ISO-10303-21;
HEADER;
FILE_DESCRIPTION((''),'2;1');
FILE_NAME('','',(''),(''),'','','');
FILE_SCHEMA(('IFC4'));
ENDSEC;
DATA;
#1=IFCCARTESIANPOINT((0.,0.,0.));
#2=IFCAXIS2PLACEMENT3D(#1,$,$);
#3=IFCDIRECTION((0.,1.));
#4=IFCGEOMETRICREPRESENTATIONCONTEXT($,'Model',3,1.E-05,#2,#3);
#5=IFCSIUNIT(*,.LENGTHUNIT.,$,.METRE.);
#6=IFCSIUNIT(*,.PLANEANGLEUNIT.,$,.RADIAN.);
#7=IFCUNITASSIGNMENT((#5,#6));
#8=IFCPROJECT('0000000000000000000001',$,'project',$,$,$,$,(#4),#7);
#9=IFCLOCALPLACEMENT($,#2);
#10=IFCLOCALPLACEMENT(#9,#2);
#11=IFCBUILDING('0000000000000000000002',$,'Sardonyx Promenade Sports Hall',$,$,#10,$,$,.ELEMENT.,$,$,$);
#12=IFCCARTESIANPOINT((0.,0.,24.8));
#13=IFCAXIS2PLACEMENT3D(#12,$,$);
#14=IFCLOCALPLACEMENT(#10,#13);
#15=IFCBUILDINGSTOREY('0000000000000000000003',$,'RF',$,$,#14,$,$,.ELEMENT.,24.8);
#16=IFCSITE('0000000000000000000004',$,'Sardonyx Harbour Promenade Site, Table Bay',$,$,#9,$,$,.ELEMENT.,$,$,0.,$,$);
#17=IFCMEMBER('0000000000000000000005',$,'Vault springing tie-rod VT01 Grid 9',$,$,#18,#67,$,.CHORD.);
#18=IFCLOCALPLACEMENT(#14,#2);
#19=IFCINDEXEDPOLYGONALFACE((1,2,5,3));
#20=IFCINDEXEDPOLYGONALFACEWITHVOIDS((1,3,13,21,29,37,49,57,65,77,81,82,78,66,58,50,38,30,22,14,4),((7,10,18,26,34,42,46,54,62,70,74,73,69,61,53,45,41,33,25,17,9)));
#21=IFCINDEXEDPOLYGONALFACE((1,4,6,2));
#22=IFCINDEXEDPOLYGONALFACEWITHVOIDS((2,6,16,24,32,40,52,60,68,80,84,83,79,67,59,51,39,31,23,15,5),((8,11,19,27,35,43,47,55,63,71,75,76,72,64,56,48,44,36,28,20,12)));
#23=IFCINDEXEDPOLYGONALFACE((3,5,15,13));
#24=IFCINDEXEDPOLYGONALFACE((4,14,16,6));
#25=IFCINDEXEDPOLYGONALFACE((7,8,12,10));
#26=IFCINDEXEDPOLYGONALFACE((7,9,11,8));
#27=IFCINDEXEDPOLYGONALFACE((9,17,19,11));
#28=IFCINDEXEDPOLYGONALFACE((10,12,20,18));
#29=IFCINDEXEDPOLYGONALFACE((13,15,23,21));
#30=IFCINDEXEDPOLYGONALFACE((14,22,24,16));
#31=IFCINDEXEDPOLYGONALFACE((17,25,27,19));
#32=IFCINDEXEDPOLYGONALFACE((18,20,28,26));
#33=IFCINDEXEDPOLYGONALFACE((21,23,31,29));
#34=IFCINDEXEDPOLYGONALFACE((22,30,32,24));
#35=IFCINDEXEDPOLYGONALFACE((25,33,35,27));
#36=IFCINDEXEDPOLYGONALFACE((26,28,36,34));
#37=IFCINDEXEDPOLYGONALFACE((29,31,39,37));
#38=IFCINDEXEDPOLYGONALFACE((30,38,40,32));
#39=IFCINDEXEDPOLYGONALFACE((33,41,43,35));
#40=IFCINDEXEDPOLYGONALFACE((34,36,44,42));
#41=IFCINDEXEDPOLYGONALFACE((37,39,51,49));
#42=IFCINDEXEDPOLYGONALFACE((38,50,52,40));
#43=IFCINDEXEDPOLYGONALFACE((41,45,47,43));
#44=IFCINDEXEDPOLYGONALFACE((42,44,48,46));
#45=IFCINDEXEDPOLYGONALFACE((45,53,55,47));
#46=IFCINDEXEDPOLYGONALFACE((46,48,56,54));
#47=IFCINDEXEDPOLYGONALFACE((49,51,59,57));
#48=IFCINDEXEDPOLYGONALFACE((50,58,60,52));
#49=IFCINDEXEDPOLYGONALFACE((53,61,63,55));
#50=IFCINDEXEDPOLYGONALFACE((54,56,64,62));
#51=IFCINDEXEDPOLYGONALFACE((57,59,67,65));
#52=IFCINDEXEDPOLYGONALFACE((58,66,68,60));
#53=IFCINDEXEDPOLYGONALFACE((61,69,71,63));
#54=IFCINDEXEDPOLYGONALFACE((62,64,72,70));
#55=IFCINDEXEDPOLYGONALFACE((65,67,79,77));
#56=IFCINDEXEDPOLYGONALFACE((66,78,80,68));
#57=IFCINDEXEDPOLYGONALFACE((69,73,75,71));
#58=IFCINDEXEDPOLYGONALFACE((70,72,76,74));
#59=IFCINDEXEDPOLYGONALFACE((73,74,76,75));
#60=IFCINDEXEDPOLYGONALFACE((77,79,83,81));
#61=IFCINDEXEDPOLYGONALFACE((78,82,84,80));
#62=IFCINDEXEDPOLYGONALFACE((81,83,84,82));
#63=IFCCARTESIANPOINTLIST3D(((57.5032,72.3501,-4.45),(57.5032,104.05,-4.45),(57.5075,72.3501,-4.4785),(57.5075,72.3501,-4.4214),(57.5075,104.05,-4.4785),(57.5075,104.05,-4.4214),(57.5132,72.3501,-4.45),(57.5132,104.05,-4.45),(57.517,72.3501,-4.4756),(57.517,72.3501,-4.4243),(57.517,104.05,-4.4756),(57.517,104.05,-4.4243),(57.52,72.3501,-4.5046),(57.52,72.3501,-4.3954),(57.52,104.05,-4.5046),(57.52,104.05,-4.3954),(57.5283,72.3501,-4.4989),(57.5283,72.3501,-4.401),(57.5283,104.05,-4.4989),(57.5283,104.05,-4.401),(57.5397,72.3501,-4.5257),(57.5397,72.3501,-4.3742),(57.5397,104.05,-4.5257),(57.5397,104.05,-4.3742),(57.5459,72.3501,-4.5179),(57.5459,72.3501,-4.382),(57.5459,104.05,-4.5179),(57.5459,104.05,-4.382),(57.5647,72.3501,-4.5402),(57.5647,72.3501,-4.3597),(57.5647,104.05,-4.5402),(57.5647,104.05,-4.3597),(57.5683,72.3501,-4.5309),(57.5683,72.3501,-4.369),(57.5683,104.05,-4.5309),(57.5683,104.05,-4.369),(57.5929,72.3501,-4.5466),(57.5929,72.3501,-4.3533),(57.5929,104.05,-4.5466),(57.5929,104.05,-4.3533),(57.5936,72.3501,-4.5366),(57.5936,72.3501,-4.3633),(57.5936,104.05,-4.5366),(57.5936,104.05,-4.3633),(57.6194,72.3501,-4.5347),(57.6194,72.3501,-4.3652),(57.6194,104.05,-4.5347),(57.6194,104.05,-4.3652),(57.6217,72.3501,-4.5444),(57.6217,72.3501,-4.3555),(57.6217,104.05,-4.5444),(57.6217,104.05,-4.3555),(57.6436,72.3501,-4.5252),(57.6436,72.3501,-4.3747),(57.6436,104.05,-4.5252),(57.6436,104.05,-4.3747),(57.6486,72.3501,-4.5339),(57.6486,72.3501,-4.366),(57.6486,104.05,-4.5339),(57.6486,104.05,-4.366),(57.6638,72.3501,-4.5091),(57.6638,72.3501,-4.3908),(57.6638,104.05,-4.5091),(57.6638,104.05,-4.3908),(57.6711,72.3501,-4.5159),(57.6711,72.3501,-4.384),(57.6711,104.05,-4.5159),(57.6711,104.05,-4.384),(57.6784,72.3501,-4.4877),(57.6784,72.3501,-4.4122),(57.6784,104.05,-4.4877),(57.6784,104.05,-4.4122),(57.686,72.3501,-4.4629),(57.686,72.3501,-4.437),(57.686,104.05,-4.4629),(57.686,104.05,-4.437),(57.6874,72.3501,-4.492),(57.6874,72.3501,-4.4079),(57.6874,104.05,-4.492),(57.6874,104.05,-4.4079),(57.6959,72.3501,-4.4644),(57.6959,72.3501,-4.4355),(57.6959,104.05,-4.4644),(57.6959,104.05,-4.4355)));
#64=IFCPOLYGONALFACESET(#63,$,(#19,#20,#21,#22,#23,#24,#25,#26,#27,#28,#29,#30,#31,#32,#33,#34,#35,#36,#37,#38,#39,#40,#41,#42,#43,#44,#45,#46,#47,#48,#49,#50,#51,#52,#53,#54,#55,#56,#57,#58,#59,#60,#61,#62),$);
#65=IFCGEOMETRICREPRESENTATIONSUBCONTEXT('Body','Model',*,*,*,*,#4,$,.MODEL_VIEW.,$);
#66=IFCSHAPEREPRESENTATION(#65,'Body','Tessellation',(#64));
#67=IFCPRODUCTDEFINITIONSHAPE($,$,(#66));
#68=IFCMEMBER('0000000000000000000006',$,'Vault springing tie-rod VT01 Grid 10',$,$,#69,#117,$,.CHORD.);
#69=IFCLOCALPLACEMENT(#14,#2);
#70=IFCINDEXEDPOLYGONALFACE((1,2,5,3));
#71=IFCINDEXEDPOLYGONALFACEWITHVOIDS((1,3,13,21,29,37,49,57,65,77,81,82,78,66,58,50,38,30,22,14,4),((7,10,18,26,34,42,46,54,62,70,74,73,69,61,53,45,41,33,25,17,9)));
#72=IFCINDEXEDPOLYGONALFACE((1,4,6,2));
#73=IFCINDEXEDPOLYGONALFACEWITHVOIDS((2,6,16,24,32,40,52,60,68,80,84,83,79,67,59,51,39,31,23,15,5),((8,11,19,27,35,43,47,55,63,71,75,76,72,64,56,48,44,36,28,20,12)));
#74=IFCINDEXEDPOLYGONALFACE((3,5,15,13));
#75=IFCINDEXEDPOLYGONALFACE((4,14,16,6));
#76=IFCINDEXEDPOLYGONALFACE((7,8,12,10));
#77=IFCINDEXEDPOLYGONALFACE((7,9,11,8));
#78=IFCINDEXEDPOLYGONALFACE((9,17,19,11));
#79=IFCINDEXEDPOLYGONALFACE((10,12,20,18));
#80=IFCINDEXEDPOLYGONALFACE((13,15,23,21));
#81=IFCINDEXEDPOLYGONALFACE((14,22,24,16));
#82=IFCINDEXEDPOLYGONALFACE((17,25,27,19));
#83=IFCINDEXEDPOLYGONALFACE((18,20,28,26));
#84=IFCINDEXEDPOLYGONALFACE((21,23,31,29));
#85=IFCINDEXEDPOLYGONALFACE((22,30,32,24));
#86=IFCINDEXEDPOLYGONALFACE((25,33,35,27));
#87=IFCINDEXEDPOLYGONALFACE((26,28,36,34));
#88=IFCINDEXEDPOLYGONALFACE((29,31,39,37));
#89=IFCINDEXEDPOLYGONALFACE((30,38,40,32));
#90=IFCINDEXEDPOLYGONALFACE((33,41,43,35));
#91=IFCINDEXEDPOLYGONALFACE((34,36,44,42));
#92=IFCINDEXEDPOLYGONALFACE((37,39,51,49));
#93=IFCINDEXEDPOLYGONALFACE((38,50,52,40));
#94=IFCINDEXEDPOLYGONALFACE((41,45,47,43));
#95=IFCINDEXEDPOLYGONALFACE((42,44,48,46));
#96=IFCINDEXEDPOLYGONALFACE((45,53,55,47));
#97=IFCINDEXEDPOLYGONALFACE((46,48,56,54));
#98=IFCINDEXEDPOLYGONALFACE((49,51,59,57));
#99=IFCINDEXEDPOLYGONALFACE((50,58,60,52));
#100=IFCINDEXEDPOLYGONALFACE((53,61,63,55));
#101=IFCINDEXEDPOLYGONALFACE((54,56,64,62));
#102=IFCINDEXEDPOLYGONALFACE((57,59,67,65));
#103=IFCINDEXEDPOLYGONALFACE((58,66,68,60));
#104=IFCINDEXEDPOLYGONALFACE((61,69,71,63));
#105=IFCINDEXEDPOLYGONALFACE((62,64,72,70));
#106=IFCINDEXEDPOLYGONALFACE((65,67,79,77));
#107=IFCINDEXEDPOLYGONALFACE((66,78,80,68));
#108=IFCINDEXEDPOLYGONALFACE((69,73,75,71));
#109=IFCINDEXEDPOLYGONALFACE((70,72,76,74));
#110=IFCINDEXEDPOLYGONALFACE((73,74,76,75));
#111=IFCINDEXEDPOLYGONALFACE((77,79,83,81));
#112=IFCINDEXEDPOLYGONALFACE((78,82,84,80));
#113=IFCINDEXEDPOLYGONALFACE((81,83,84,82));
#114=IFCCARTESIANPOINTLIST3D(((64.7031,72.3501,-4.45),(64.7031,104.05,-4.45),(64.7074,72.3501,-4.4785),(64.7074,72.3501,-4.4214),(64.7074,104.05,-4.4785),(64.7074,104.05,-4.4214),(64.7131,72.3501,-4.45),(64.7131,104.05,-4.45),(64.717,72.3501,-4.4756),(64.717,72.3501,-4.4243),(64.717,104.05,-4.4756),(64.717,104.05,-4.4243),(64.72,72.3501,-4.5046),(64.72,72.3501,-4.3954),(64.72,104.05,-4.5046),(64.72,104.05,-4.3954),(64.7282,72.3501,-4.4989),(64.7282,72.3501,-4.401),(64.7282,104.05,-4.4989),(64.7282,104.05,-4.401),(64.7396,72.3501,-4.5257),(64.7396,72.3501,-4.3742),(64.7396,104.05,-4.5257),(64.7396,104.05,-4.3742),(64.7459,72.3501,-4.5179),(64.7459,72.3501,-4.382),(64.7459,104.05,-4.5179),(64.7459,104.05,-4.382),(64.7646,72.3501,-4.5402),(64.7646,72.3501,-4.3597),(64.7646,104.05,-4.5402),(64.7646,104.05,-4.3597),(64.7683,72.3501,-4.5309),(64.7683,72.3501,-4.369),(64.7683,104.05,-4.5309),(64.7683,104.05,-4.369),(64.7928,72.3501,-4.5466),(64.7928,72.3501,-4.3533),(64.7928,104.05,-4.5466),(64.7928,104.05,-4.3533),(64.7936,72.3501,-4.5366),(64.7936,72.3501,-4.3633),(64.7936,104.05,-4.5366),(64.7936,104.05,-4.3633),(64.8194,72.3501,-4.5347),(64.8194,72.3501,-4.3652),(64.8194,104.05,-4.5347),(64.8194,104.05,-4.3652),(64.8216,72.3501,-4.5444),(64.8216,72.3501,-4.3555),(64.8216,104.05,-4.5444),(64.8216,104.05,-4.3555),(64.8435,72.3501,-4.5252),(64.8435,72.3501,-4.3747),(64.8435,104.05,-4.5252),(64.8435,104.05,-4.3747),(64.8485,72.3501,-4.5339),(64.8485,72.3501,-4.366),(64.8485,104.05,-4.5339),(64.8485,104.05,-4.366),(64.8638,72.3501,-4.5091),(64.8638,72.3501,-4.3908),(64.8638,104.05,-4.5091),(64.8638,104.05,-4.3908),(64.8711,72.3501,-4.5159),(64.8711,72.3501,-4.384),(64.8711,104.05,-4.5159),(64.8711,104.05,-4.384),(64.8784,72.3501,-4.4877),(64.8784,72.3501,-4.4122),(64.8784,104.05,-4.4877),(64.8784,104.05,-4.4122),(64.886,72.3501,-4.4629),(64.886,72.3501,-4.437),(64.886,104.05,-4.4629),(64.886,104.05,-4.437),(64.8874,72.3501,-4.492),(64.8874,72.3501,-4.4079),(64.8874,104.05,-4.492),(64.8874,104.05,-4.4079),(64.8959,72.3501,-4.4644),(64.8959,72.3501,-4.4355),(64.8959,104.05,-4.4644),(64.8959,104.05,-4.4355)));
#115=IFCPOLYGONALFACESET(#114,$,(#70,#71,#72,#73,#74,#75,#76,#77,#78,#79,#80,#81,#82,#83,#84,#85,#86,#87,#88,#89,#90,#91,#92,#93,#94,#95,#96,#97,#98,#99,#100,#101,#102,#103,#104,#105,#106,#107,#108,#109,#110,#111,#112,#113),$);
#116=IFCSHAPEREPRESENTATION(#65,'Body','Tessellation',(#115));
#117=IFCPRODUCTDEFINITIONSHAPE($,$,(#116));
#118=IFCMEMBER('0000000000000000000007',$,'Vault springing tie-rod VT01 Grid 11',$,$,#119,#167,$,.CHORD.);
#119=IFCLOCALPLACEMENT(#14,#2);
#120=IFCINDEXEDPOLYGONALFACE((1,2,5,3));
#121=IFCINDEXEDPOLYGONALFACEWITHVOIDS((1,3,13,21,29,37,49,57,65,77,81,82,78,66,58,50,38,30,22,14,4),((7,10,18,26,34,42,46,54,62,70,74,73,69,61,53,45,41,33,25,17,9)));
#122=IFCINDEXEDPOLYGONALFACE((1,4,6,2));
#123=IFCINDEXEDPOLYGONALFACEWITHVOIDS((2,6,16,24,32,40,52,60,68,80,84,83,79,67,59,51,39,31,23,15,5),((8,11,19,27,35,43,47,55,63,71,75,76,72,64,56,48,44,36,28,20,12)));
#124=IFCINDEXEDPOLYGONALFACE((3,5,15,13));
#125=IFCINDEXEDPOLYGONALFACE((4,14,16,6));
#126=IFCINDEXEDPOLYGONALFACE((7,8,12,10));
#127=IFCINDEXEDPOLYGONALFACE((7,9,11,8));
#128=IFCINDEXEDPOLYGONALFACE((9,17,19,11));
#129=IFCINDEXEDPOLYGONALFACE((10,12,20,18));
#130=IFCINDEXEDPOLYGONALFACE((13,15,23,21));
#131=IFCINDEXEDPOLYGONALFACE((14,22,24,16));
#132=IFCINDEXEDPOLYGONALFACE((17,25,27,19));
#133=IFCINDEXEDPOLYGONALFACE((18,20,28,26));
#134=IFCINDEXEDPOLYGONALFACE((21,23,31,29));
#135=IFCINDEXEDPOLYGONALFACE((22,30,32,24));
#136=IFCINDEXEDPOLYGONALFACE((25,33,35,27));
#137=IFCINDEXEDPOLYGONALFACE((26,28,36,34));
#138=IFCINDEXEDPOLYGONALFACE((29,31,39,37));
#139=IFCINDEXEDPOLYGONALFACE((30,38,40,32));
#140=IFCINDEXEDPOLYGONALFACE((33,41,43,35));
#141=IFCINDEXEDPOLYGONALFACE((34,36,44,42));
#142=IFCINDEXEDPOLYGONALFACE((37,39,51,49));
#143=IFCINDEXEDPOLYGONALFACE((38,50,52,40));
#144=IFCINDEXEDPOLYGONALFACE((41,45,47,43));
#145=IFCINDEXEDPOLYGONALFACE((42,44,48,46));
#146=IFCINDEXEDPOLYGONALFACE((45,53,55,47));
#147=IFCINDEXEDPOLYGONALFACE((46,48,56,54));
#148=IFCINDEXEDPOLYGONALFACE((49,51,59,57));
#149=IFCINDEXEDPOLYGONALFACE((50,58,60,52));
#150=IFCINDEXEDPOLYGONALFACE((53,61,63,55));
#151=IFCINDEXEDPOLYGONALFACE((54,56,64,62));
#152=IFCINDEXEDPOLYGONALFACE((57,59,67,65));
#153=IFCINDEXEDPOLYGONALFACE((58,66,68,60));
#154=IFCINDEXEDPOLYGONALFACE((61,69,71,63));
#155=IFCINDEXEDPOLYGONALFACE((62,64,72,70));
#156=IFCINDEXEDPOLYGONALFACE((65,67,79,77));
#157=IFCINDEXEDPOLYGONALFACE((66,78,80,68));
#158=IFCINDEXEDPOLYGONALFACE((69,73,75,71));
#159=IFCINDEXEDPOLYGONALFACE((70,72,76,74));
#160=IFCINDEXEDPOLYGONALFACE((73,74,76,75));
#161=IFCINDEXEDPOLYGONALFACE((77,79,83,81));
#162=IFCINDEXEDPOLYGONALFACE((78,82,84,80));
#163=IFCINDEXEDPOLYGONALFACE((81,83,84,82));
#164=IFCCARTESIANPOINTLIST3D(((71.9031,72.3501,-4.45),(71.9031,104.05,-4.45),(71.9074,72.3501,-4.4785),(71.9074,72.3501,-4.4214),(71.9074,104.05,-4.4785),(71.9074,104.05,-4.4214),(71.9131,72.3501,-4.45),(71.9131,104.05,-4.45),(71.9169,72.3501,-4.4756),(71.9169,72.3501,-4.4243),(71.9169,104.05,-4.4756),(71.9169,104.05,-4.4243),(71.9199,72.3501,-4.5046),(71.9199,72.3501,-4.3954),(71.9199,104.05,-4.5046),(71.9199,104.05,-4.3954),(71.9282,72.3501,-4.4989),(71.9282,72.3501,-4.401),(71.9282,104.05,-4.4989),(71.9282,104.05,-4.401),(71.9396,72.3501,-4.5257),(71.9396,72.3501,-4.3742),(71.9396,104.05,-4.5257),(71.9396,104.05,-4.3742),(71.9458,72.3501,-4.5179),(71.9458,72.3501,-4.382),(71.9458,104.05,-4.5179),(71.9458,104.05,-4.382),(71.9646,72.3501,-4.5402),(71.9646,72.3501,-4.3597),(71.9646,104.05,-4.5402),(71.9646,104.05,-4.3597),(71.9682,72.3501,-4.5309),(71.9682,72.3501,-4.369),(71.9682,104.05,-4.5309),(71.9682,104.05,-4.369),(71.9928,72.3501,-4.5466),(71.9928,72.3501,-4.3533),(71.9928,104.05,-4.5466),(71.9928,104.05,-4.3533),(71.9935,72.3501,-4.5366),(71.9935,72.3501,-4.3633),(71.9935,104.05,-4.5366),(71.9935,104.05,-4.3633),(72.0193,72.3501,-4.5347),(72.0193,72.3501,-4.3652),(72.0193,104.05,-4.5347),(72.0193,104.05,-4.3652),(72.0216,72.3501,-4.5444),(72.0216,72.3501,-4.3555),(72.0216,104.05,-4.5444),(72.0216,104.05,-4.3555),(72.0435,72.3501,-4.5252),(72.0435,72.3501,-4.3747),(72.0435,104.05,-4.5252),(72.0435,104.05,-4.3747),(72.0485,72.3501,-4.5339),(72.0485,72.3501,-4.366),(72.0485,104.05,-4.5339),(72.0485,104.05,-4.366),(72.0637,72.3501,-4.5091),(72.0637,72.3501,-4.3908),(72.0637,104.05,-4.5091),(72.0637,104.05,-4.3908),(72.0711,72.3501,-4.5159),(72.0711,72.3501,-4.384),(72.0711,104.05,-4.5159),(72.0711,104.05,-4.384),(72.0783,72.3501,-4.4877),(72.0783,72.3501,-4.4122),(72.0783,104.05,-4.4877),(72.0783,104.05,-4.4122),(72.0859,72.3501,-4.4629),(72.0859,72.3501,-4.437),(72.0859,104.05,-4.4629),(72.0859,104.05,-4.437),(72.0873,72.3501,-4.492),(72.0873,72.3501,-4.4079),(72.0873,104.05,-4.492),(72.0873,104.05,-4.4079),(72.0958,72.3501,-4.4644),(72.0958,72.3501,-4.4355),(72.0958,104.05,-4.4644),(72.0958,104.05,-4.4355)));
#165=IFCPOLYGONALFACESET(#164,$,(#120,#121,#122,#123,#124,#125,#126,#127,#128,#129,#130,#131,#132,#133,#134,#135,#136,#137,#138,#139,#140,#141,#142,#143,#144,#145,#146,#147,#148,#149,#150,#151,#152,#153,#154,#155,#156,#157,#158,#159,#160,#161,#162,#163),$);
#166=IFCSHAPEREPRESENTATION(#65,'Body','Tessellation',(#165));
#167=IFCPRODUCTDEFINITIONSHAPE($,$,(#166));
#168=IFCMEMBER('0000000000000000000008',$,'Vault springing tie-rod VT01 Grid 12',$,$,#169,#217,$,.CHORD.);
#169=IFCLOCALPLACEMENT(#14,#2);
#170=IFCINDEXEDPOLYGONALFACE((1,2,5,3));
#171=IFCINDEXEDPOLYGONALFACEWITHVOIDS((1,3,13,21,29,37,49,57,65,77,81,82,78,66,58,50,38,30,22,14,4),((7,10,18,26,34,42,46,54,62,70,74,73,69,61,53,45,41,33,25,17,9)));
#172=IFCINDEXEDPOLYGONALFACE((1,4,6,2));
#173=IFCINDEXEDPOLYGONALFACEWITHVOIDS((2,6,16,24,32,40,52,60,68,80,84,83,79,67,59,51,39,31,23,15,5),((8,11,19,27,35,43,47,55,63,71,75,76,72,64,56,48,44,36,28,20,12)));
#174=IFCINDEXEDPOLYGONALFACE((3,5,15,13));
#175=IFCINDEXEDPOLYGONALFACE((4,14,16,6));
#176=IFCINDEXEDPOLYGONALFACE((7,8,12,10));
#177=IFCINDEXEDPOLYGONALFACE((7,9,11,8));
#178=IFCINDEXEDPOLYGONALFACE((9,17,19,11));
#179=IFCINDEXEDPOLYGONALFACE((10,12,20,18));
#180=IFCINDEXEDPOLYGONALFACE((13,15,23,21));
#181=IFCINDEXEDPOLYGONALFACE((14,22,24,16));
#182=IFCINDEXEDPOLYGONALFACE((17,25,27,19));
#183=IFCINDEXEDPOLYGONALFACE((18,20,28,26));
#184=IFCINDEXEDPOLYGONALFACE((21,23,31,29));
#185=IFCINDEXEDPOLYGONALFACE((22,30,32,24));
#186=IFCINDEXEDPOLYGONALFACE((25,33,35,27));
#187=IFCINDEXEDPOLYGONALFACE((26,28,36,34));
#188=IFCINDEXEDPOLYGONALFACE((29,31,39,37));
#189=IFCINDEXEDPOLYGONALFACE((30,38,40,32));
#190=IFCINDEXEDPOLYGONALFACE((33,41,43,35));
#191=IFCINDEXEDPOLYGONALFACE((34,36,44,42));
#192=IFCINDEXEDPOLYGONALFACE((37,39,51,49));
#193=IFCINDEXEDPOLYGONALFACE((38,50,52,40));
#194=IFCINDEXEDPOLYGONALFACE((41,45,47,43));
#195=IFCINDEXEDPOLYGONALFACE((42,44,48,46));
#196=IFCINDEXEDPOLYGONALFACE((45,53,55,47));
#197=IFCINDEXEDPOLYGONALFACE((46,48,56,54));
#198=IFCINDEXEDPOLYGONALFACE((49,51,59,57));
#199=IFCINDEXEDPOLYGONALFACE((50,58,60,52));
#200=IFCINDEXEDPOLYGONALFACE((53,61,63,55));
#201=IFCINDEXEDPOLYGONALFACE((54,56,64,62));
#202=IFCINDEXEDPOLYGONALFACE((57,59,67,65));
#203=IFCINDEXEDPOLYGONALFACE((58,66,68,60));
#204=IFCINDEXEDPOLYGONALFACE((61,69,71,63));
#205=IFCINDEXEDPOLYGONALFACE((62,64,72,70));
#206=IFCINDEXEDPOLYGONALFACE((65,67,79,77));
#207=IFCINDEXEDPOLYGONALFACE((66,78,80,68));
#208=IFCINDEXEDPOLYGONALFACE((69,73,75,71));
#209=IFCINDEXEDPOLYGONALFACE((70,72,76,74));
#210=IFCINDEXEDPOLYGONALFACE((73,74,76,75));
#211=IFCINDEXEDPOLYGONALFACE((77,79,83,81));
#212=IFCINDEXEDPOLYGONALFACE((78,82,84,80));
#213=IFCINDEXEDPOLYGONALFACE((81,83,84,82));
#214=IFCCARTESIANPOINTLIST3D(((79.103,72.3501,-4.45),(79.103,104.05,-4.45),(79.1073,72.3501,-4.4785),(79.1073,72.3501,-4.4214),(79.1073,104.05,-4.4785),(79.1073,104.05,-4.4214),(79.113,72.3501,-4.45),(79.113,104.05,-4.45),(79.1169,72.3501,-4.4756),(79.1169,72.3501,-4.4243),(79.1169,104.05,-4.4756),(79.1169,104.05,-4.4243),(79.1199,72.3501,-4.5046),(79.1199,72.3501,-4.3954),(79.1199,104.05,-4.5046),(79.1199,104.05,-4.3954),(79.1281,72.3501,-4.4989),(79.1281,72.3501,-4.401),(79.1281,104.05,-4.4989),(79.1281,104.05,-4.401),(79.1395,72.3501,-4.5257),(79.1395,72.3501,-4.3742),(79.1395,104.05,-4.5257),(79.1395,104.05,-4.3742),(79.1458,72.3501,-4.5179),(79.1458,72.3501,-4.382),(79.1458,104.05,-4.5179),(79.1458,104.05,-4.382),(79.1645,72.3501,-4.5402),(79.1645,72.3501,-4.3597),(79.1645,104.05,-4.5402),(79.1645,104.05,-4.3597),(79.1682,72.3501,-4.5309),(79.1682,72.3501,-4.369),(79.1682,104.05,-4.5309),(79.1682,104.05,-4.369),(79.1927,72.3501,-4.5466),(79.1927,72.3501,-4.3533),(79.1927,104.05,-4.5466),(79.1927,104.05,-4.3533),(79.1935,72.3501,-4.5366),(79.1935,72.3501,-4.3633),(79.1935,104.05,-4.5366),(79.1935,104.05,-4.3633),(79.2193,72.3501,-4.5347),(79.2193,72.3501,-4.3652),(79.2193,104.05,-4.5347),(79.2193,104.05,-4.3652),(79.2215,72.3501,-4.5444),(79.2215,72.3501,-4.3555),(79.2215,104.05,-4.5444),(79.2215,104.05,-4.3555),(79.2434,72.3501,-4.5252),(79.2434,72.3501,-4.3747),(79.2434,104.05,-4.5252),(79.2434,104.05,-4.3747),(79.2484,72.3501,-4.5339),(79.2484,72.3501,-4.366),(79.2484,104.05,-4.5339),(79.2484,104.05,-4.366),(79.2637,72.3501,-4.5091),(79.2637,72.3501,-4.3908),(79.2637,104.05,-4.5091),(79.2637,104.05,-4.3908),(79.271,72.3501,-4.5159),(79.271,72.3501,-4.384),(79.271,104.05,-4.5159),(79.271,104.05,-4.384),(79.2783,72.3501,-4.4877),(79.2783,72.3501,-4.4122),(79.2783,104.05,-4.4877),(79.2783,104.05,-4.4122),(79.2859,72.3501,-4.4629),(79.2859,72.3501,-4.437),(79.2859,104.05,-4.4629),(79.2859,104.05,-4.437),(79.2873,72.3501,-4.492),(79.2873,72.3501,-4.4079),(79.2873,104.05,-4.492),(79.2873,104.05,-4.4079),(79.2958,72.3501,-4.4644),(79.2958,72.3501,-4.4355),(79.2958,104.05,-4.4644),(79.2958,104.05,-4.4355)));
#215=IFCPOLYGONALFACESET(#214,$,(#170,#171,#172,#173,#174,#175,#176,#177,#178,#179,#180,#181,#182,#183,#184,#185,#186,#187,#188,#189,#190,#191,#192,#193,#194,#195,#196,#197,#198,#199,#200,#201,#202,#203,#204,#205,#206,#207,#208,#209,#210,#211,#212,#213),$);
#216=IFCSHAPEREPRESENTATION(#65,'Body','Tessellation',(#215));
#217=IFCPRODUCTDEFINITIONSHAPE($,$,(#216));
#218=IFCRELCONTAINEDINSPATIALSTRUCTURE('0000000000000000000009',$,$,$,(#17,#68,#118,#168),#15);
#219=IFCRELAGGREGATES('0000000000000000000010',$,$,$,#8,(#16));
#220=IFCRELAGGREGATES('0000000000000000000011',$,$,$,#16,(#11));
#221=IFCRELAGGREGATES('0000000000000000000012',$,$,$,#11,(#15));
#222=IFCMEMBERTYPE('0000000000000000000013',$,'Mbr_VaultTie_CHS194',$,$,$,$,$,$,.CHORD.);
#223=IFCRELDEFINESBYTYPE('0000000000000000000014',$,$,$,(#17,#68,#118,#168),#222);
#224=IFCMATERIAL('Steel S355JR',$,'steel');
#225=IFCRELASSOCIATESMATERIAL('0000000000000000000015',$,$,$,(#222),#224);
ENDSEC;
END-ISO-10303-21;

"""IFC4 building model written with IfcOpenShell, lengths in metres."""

from ifc_helpers import new_model, si_unit, direction, frame, origin, origin_2d, place, context, subcontext, project, spatial, hollow_circle, extrude, material, material_profile, profile_set, type_object, element, save


model = new_model("IFC4")

# Units and contexts
model_context = context("Model", 3, precision=1e-05, world=origin(), true_north=direction((0.0, 1.0)))
body_context = subcontext(model_context, "Body", "Model", "MODEL_VIEW")
ifc_project = project(units=[si_unit("LENGTHUNIT", "METRE"), si_unit("PLANEANGLEUNIT", "RADIAN")], contexts=[model_context])

# Site, building, storey
site_placement = place(None, origin())
site = spatial("IfcSite", under=ifc_project, at=site_placement, Name="Sardonyx Harbour Promenade Site, Table Bay", CompositionType="ELEMENT", RefElevation=0.0)
building_placement = place(site_placement, origin())
building = spatial("IfcBuilding", under=site, at=building_placement, Name="Sardonyx Promenade Sports Hall", CompositionType="ELEMENT")
storey_placement = place(building_placement, frame((0.0, 0.0, 24.8)))
storey = spatial("IfcBuildingStorey", under=building, at=storey_placement, Name="RF", CompositionType="ELEMENT", Elevation=24.8)

# Members
ifc_material_1 = material(Name="Steel S355JR", Category="steel")
ifc_material_profile_1 = material_profile(ifc_material_1, hollow_circle(Radius=0.0969, WallThickness=0.01, at=origin_2d()))
ifc_profile_set_1 = profile_set([ifc_material_profile_1], Name="Steel S355JR")
member_type = type_object("IfcMemberType", Name="Mbr_VaultTie_CHS194", PredefinedType="CHORD", material=ifc_profile_set_1)
for number, where, z_axis, x_axis, name in (
    (1, (57.6001, 72.3501, -4.45), (0.0, 1.0, 0.0), (-1.0, 0.0, 0.0), "Vault springing tie-rod VT01 Grid 9"),
    (2, (64.8, 72.3501, -4.45), (0.0, 1.0, 0.0), (-1.0, 0.0, 0.0), "Vault springing tie-rod VT01 Grid 10"),
    (3, (72.0, 72.3501, -4.45), (0.0, 1.0, 0.0), (-1.0, 0.0, 0.0), "Vault springing tie-rod VT01 Grid 11"),
    (4, (79.2, 72.3501, -4.45), (0.0, 1.0, 0.0), (-1.0, 0.0, 0.0), "Vault springing tie-rod VT01 Grid 12"),
):
    element("IfcMember", number, at=place(storey_placement, frame(where, z_axis=z_axis, x_axis=x_axis)), inside=storey, type_object=member_type, Name=name, PredefinedType="CHORD", context=body_context, shape_type="SweptSolid", body=[
        extrude(hollow_circle(Radius=0.0969, WallThickness=0.01, at=origin_2d()), origin(), (0.0, 0.0, 1.0), 31.7),
    ])

save(model, "model.ifc")
